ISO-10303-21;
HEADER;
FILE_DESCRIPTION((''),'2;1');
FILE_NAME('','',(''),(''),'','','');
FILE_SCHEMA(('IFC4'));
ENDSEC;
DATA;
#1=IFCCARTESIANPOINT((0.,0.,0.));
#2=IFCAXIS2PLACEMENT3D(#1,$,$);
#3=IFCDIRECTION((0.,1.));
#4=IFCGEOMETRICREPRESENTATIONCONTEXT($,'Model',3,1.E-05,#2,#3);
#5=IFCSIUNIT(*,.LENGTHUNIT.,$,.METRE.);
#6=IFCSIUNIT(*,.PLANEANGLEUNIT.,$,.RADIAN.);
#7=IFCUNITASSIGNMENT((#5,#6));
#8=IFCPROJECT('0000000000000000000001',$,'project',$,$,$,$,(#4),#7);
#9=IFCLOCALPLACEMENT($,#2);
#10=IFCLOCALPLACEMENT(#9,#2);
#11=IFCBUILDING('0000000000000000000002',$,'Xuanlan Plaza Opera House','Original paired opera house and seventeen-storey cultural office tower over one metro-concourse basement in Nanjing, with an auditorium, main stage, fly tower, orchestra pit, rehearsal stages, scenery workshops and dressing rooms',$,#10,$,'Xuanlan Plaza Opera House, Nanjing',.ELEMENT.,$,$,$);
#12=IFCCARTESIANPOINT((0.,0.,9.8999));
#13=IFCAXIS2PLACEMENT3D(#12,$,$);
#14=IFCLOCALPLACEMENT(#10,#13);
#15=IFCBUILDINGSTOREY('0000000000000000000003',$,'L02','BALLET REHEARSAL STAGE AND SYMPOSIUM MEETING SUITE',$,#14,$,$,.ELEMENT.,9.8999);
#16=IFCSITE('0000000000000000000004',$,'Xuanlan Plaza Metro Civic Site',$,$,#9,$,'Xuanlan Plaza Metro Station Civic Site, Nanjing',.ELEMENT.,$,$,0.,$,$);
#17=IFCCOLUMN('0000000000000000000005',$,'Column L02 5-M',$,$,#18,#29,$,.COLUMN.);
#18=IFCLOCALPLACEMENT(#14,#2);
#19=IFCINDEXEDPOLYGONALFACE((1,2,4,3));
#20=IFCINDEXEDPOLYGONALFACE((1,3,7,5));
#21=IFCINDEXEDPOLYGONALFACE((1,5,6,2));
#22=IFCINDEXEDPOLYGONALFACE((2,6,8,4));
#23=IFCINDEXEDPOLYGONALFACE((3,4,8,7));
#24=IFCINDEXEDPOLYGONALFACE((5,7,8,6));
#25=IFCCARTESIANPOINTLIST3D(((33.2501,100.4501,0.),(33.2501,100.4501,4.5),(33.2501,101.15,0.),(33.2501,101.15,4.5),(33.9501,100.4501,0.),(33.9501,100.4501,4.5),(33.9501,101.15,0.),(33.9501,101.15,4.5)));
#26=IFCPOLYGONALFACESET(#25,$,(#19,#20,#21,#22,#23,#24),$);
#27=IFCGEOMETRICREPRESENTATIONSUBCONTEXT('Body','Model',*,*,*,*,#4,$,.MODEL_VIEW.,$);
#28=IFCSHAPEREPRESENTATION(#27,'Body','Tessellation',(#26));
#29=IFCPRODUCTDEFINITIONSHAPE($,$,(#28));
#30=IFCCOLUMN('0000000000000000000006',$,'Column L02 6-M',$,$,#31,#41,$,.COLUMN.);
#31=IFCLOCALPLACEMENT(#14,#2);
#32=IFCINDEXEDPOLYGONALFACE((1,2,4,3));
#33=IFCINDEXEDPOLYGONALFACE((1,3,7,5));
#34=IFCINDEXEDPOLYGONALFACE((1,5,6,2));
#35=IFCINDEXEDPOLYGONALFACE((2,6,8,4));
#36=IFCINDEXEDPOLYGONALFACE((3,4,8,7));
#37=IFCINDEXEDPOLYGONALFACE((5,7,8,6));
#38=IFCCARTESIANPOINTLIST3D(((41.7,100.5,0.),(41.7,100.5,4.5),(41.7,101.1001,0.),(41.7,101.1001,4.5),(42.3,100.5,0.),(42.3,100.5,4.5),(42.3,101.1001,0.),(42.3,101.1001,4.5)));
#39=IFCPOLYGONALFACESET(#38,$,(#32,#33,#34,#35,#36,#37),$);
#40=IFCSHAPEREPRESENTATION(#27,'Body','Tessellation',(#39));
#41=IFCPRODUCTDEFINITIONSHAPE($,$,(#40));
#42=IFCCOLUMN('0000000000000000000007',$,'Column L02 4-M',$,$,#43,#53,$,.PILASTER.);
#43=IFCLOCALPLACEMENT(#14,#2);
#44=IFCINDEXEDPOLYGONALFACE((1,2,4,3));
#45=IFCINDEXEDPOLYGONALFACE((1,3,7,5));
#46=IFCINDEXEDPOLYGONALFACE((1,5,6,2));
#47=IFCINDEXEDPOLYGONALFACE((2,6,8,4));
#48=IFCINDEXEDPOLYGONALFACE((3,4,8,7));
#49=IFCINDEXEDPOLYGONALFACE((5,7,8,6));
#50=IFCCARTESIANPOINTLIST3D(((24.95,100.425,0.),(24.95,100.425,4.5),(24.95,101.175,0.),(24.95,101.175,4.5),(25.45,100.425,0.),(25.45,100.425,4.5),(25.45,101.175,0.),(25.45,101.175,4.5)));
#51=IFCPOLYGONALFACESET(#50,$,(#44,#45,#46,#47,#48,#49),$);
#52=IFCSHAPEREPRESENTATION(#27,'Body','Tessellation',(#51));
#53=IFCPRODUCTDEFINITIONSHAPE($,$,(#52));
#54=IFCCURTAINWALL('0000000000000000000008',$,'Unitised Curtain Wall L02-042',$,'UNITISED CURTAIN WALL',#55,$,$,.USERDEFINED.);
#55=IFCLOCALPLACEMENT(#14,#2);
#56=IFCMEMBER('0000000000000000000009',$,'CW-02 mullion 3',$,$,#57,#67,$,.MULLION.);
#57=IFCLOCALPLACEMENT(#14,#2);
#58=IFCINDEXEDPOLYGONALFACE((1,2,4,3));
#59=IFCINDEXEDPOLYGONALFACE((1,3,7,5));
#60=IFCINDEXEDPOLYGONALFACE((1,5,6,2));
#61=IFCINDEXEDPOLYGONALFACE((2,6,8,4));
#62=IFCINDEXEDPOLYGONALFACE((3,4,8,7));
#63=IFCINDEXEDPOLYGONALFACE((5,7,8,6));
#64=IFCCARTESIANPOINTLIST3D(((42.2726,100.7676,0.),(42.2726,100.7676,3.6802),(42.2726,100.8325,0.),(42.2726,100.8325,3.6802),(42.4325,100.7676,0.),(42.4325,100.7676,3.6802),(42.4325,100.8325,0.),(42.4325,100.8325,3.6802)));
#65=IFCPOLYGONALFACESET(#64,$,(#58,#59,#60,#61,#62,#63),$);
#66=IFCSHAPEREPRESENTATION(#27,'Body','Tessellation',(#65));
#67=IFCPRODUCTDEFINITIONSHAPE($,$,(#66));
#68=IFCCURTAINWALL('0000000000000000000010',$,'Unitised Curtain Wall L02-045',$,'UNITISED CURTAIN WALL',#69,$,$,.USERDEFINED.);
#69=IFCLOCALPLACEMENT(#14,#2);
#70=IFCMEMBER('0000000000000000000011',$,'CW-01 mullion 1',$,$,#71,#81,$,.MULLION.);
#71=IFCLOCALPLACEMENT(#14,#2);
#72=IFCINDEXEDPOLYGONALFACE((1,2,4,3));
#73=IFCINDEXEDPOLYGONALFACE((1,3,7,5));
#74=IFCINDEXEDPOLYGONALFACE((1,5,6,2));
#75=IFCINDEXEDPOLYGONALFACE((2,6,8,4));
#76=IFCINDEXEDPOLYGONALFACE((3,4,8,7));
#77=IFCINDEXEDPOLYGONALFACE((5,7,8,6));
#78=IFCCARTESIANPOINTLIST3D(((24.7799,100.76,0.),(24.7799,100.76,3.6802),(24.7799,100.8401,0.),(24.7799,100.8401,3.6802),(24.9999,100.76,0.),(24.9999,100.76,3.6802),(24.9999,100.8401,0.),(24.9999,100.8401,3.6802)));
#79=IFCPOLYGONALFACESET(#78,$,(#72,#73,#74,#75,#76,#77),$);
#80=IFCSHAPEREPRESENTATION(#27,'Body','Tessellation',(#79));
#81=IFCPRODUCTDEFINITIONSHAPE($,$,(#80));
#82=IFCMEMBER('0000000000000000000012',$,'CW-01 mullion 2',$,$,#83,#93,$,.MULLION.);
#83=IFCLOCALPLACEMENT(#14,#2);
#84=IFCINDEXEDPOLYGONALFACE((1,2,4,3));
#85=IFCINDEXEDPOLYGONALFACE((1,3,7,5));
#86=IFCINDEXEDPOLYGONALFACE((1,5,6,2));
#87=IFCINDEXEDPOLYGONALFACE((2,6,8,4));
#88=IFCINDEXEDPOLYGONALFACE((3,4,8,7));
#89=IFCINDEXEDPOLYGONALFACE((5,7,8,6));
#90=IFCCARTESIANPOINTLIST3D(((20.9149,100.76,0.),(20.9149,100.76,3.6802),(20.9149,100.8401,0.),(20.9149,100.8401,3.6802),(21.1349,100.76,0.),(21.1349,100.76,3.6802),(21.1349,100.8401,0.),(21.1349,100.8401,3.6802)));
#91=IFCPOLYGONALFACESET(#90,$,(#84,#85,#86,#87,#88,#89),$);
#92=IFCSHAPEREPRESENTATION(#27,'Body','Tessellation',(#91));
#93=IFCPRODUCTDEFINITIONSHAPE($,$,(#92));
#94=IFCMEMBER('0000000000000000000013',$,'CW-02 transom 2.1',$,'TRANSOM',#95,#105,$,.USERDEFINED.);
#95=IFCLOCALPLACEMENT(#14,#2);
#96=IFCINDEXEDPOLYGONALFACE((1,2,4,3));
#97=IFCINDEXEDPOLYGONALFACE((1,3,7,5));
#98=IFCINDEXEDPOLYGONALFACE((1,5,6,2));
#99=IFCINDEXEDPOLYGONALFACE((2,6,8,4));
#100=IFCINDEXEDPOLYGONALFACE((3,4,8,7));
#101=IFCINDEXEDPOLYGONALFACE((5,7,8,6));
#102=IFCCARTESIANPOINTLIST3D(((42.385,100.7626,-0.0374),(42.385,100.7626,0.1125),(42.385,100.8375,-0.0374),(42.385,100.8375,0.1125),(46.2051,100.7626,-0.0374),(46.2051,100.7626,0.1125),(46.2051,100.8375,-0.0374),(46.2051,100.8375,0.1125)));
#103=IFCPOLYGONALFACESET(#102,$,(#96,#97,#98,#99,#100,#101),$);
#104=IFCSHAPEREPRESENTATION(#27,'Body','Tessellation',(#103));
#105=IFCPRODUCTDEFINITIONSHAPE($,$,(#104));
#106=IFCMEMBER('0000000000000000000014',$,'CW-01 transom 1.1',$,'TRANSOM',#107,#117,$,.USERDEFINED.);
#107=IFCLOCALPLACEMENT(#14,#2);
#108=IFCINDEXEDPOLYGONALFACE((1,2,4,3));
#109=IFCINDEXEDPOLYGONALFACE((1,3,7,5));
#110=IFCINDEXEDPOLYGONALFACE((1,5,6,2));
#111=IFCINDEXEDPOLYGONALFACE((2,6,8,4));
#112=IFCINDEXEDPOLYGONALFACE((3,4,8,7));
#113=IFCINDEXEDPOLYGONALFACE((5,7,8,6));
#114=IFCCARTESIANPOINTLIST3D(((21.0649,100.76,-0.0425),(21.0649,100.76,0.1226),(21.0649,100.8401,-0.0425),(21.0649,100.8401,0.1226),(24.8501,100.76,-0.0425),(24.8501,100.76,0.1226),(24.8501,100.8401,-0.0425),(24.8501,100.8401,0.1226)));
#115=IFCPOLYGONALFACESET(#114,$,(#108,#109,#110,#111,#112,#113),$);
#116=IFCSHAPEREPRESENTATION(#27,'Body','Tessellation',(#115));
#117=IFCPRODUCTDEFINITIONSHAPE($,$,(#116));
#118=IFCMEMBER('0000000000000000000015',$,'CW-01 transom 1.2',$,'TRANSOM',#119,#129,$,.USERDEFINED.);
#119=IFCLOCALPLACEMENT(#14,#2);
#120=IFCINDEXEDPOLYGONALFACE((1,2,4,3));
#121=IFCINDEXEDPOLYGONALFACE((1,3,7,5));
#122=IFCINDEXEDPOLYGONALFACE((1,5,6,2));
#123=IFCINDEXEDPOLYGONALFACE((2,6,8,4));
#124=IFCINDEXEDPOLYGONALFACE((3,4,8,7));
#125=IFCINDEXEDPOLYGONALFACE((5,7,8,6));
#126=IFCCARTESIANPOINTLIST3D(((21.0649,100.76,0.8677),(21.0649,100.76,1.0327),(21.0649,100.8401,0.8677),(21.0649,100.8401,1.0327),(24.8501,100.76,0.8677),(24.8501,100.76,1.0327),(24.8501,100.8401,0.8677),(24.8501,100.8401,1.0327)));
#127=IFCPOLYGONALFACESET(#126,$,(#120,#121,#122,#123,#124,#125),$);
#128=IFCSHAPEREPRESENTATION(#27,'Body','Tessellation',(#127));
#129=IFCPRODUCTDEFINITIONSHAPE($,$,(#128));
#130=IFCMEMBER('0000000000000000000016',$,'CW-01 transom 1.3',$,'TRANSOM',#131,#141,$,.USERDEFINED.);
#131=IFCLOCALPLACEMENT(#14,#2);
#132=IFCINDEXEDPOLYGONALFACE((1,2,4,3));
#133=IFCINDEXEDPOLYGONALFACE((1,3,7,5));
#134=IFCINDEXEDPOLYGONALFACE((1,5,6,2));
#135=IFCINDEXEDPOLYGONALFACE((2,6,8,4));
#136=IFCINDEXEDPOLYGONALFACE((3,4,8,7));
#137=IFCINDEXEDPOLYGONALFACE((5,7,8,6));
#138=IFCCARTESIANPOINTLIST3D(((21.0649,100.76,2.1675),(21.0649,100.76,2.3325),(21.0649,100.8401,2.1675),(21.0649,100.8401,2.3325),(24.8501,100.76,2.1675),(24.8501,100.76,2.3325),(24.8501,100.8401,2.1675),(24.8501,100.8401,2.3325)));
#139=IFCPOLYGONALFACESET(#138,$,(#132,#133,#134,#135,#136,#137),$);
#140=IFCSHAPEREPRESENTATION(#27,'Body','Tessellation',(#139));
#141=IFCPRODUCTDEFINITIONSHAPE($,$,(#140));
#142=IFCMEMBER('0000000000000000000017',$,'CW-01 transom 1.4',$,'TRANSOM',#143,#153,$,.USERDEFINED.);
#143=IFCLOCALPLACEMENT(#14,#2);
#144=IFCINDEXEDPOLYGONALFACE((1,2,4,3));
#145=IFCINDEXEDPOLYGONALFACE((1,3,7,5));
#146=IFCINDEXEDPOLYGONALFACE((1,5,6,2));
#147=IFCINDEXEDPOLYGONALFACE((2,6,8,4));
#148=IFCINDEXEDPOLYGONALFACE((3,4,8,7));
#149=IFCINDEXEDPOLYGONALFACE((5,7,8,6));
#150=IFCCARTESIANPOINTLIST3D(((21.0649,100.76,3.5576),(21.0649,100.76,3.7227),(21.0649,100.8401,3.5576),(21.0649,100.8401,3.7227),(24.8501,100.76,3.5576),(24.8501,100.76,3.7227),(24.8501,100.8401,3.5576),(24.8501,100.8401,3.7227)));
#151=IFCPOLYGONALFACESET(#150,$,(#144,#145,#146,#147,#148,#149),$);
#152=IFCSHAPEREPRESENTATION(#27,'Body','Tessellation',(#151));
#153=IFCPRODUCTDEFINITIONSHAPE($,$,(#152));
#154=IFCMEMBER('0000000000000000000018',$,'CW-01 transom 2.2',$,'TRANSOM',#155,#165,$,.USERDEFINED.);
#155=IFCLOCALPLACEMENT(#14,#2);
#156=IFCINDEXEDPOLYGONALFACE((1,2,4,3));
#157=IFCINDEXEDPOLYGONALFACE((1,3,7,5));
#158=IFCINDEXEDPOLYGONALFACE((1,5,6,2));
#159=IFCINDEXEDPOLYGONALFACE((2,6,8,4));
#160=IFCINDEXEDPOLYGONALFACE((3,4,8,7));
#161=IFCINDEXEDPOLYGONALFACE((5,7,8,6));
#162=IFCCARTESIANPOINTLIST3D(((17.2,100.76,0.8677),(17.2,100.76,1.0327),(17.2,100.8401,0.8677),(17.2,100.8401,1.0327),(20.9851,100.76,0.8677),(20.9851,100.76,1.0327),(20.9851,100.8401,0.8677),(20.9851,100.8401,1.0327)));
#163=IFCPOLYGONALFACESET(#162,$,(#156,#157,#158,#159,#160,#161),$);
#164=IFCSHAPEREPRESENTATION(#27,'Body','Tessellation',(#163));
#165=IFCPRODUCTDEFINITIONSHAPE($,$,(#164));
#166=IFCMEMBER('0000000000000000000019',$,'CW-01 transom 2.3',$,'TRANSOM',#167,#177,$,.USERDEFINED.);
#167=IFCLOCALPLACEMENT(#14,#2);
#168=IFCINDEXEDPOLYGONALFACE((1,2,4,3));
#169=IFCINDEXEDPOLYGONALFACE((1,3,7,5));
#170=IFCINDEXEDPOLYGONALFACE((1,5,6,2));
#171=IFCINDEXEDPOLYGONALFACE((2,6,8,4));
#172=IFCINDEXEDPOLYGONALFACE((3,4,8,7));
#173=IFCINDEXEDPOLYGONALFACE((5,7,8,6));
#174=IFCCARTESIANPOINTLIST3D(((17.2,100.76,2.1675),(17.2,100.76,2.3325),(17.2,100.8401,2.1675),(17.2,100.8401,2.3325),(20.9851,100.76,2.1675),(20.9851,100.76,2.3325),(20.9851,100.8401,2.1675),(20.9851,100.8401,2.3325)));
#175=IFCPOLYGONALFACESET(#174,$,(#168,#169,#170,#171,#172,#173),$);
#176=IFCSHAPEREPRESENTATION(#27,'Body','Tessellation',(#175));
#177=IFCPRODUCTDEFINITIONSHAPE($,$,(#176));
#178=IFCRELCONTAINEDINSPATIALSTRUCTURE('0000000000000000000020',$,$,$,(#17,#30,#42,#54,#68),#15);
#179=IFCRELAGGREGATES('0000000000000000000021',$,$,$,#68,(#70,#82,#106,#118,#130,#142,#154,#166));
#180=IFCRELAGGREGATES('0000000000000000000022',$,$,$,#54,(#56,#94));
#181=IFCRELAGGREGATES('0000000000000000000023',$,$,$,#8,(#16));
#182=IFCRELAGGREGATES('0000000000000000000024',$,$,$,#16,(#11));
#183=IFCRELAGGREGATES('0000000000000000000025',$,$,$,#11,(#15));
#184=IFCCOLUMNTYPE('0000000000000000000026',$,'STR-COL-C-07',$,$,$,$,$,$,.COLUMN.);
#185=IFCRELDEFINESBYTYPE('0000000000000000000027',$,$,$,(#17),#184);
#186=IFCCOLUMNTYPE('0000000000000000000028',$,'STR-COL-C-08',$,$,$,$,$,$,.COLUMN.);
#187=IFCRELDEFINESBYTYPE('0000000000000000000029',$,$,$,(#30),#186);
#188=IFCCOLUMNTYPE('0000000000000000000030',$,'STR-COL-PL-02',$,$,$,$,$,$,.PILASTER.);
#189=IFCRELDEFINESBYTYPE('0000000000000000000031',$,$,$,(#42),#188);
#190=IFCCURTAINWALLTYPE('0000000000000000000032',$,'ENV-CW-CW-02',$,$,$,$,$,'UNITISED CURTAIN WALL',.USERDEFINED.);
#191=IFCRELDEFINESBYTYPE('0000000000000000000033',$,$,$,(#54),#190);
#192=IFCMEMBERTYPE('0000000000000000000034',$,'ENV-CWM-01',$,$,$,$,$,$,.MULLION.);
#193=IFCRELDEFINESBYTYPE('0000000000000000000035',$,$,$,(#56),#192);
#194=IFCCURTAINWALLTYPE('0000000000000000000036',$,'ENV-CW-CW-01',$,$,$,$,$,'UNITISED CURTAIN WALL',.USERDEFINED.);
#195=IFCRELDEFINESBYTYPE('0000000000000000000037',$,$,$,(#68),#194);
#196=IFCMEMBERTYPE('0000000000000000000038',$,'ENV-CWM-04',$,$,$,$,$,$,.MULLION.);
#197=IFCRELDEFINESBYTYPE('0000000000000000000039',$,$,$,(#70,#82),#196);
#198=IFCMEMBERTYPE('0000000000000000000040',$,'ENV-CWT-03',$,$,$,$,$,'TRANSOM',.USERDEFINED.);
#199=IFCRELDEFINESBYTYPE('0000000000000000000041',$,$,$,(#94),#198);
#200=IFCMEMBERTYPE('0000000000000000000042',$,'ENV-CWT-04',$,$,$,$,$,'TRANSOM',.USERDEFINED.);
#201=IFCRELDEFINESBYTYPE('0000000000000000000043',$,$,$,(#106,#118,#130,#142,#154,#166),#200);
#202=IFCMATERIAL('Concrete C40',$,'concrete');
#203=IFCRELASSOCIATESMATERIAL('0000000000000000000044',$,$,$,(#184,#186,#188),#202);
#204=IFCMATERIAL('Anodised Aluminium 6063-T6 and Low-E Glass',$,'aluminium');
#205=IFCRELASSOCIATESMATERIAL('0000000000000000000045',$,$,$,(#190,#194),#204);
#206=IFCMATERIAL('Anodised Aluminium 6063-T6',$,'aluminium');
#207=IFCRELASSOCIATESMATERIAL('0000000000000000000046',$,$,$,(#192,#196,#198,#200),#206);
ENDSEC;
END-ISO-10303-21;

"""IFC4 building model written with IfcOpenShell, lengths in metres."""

from ifc_helpers import new_model, si_unit, direction, frame, origin, origin_2d, place, context, subcontext, project, spatial, rectangle, extrude, material, material_profile, profile_set, type_object, element, aggregate, save


model = new_model("IFC4")

# Units and contexts
model_context = context("Model", 3, precision=1e-05, world=origin(), true_north=direction((0.0, 1.0)))
body_context = subcontext(model_context, "Body", "Model", "MODEL_VIEW")
ifc_project = project(units=[si_unit("LENGTHUNIT", "METRE"), si_unit("PLANEANGLEUNIT", "RADIAN")], contexts=[model_context])

# Site, building, storey
site_placement = place(None, origin())
site = spatial("IfcSite", under=ifc_project, at=site_placement, Name="Xuanlan Plaza Metro Civic Site", LongName="Xuanlan Plaza Metro Station Civic Site, Nanjing", CompositionType="ELEMENT", RefElevation=0.0)
building_placement = place(site_placement, origin())
building = spatial("IfcBuilding", under=site, at=building_placement, Name="Xuanlan Plaza Opera House", Description="Original paired opera house and seventeen-storey cultural office tower over one metro-concourse basement in Nanjing, with an auditorium, main stage, fly tower, orchestra pit, rehearsal stages, scenery workshops and dressing rooms", LongName="Xuanlan Plaza Opera House, Nanjing", CompositionType="ELEMENT")
storey_placement = place(building_placement, frame((0.0, 0.0, 9.8999)))
storey = spatial("IfcBuildingStorey", under=building, at=storey_placement, Name="L02", Description="BALLET REHEARSAL STAGE AND SYMPOSIUM MEETING SUITE", CompositionType="ELEMENT", Elevation=9.8999)

# Columns
ifc_material_1 = material(Name="Concrete C40", Category="concrete")
ifc_material_profile_1 = material_profile(ifc_material_1, rectangle(XDim=0.7, YDim=0.7, at=origin_2d()), Name="RC-COL 700x700")
ifc_profile_set_1 = profile_set([ifc_material_profile_1], Name="Concrete C40")
column_type_1 = type_object("IfcColumnType", Name="STR-COL-C-07", PredefinedType="COLUMN", material=ifc_profile_set_1)
column_1_placement = place(storey_placement, frame((33.6001, 100.8, 0.0), z_axis=(0.0, 0.0, 1.0), x_axis=(1.0, 0.0, 0.0)))
element("IfcColumn", 1, at=column_1_placement, inside=storey, type_object=column_type_1, Name="Column L02 5-M", PredefinedType="COLUMN", context=body_context, shape_type="SweptSolid", body=[
    extrude(rectangle(XDim=0.7, YDim=0.7, at=origin_2d()), origin(), (0.0, 0.0, 1.0), 4.5),
])
ifc_material_profile_2 = material_profile(ifc_material_1, rectangle(XDim=0.6001, YDim=0.6001, at=origin_2d()), Name="RC-COL 600x600")
ifc_profile_set_2 = profile_set([ifc_material_profile_2], Name="Concrete C40")
column_type_2 = type_object("IfcColumnType", Name="STR-COL-C-08", PredefinedType="COLUMN", material=ifc_profile_set_2)
column_2_placement = place(storey_placement, frame((42.0, 100.8, 0.0), z_axis=(0.0, 0.0, 1.0), x_axis=(1.0, 0.0, 0.0)))
element("IfcColumn", 2, at=column_2_placement, inside=storey, type_object=column_type_2, Name="Column L02 6-M", PredefinedType="COLUMN", context=body_context, shape_type="SweptSolid", body=[
    extrude(rectangle(XDim=0.6001, YDim=0.6001, at=origin_2d()), origin(), (0.0, 0.0, 1.0), 4.5),
])
ifc_material_profile_3 = material_profile(ifc_material_1, rectangle(XDim=0.5, YDim=0.75, at=origin_2d()), Name="RC-PIL 500x750")
ifc_profile_set_3 = profile_set([ifc_material_profile_3], Name="Concrete C40")
column_type_3 = type_object("IfcColumnType", Name="STR-COL-PL-02", PredefinedType="PILASTER", material=ifc_profile_set_3)
column_3_placement = place(storey_placement, frame((25.2, 100.8, 0.0), z_axis=(0.0, 0.0, 1.0), x_axis=(1.0, 0.0, 0.0)))
element("IfcColumn", 3, at=column_3_placement, inside=storey, type_object=column_type_3, Name="Column L02 4-M", PredefinedType="PILASTER", context=body_context, shape_type="SweptSolid", body=[
    extrude(rectangle(XDim=0.5, YDim=0.75, at=origin_2d()), origin(), (0.0, 0.0, 1.0), 4.5),
])

# Curtain wall, member
ifc_material_2 = material(Name="Anodised Aluminium 6063-T6 and Low-E Glass", Category="aluminium")
curtain_wall_type_1 = type_object("IfcCurtainWallType", Name="ENV-CW-CW-02", ElementType="UNITISED CURTAIN WALL", PredefinedType="USERDEFINED", material=ifc_material_2)
curtain_wall_1_placement = place(storey_placement, origin())
curtain_wall_1 = element("IfcCurtainWall", 4, at=curtain_wall_1_placement, inside=storey, type_object=curtain_wall_type_1, Name="Unitised Curtain Wall L02-042", ObjectType="UNITISED CURTAIN WALL", PredefinedType="USERDEFINED")
ifc_material_3 = material(Name="Anodised Aluminium 6063-T6", Category="aluminium")
ifc_material_profile_4 = material_profile(ifc_material_3, rectangle(XDim=0.0649, YDim=0.1599, at=origin_2d()), Name="ALU-M 65x160")
ifc_profile_set_4 = profile_set([ifc_material_profile_4], Name="Anodised Aluminium 6063-T6")
member_type_1 = type_object("IfcMemberType", Name="ENV-CWM-01", PredefinedType="MULLION", material=ifc_profile_set_4)
member_1_placement = place(storey_placement, frame((42.3525, 100.8, 0.0), z_axis=(0.0, 0.0, 1.0), x_axis=(0.0, -1.0, 0.0)))
member_1 = element("IfcMember", 5, at=member_1_placement, type_object=member_type_1, Name="CW-02 mullion 3", PredefinedType="MULLION", context=body_context, shape_type="SweptSolid", body=[
    extrude(rectangle(XDim=0.0649, YDim=0.1599, at=origin_2d()), origin(), (0.0, 0.0, 1.0), 3.6802),
])

# Curtain wall, members
curtain_wall_type_2 = type_object("IfcCurtainWallType", Name="ENV-CW-CW-01", ElementType="UNITISED CURTAIN WALL", PredefinedType="USERDEFINED", material=ifc_material_2)
curtain_wall_2_placement = place(storey_placement, origin())
curtain_wall_2 = element("IfcCurtainWall", 6, at=curtain_wall_2_placement, inside=storey, type_object=curtain_wall_type_2, Name="Unitised Curtain Wall L02-045", ObjectType="UNITISED CURTAIN WALL", PredefinedType="USERDEFINED")
ifc_material_profile_5 = material_profile(ifc_material_3, rectangle(XDim=0.0801, YDim=0.22, at=origin_2d()), Name="ALU-M 80x220")
ifc_profile_set_5 = profile_set([ifc_material_profile_5], Name="Anodised Aluminium 6063-T6")
member_type_2 = type_object("IfcMemberType", Name="ENV-CWM-04", PredefinedType="MULLION", material=ifc_profile_set_5)
member_2_placement = place(storey_placement, frame((24.8899, 100.8, 0.0), z_axis=(0.0, 0.0, 1.0), x_axis=(0.0, -1.0, 0.0)))
member_2 = element("IfcMember", 7, at=member_2_placement, type_object=member_type_2, Name="CW-01 mullion 1", PredefinedType="MULLION", context=body_context, shape_type="SweptSolid", body=[
    extrude(rectangle(XDim=0.0801, YDim=0.22, at=origin_2d()), origin(), (0.0, 0.0, 1.0), 3.6802),
])
member_3_placement = place(storey_placement, frame((21.0249, 100.8, 0.0), z_axis=(0.0, 0.0, 1.0), x_axis=(0.0, -1.0, 0.0)))
member_3 = element("IfcMember", 8, at=member_3_placement, type_object=member_type_2, Name="CW-01 mullion 2", PredefinedType="MULLION", context=body_context, shape_type="SweptSolid", body=[
    extrude(rectangle(XDim=0.0801, YDim=0.22, at=origin_2d()), origin(), (0.0, 0.0, 1.0), 3.6802),
])

# Members
ifc_material_profile_6 = material_profile(ifc_material_3, rectangle(XDim=0.075, YDim=0.1499, at=origin_2d()), Name="ALU-T 75x150")
ifc_profile_set_6 = profile_set([ifc_material_profile_6], Name="Anodised Aluminium 6063-T6")
member_type_3 = type_object("IfcMemberType", Name="ENV-CWT-03", ElementType="TRANSOM", PredefinedType="USERDEFINED", material=ifc_profile_set_6)
member_4_placement = place(storey_placement, frame((46.2051, 100.8, 0.0376), z_axis=(-1.0, 0.0, 0.0), x_axis=(0.0, -1.0, 0.0)))
member_4 = element("IfcMember", 9, at=member_4_placement, type_object=member_type_3, Name="CW-02 transom 2.1", ObjectType="TRANSOM", PredefinedType="USERDEFINED", context=body_context, shape_type="SweptSolid", body=[
    extrude(rectangle(XDim=0.075, YDim=0.1499, at=origin_2d()), origin(), (0.0, 0.0, 1.0), 3.8201),
])
ifc_material_profile_7 = material_profile(ifc_material_3, rectangle(XDim=0.0801, YDim=0.165, at=origin_2d()), Name="ALU-T 80x165")
ifc_profile_set_7 = profile_set([ifc_material_profile_7], Name="Anodised Aluminium 6063-T6")
member_type_4 = type_object("IfcMemberType", Name="ENV-CWT-04", ElementType="TRANSOM", PredefinedType="USERDEFINED", material=ifc_profile_set_7)
member_5_placement = place(storey_placement, frame((24.8501, 100.8, 0.04), z_axis=(-1.0, 0.0, 0.0), x_axis=(0.0, -1.0, 0.0)))
member_5 = element("IfcMember", 10, at=member_5_placement, type_object=member_type_4, Name="CW-01 transom 1.1", ObjectType="TRANSOM", PredefinedType="USERDEFINED", context=body_context, shape_type="SweptSolid", body=[
    extrude(rectangle(XDim=0.0801, YDim=0.165, at=origin_2d()), origin(), (0.0, 0.0, 1.0), 3.7852),
])
member_6_placement = place(storey_placement, frame((24.8501, 100.8, 0.9502), z_axis=(-1.0, 0.0, 0.0), x_axis=(0.0, -1.0, 0.0)))
member_6 = element("IfcMember", 11, at=member_6_placement, type_object=member_type_4, Name="CW-01 transom 1.2", ObjectType="TRANSOM", PredefinedType="USERDEFINED", context=body_context, shape_type="SweptSolid", body=[
    extrude(rectangle(XDim=0.0801, YDim=0.165, at=origin_2d()), origin(), (0.0, 0.0, 1.0), 3.7852),
])
member_7_placement = place(storey_placement, frame((24.8501, 100.8, 2.25), z_axis=(-1.0, 0.0, 0.0), x_axis=(0.0, -1.0, 0.0)))
member_7 = element("IfcMember", 12, at=member_7_placement, type_object=member_type_4, Name="CW-01 transom 1.3", ObjectType="TRANSOM", PredefinedType="USERDEFINED", context=body_context, shape_type="SweptSolid", body=[
    extrude(rectangle(XDim=0.0801, YDim=0.165, at=origin_2d()), origin(), (0.0, 0.0, 1.0), 3.7852),
])
member_8_placement = place(storey_placement, frame((24.8501, 100.8, 3.6401), z_axis=(-1.0, 0.0, 0.0), x_axis=(0.0, -1.0, 0.0)))
member_8 = element("IfcMember", 13, at=member_8_placement, type_object=member_type_4, Name="CW-01 transom 1.4", ObjectType="TRANSOM", PredefinedType="USERDEFINED", context=body_context, shape_type="SweptSolid", body=[
    extrude(rectangle(XDim=0.0801, YDim=0.165, at=origin_2d()), origin(), (0.0, 0.0, 1.0), 3.7852),
])
member_9_placement = place(storey_placement, frame((20.9851, 100.8, 0.9502), z_axis=(-1.0, 0.0, 0.0), x_axis=(0.0, -1.0, 0.0)))
member_9 = element("IfcMember", 14, at=member_9_placement, type_object=member_type_4, Name="CW-01 transom 2.2", ObjectType="TRANSOM", PredefinedType="USERDEFINED", context=body_context, shape_type="SweptSolid", body=[
    extrude(rectangle(XDim=0.0801, YDim=0.165, at=origin_2d()), origin(), (0.0, 0.0, 1.0), 3.7852),
])
member_10_placement = place(storey_placement, frame((20.9851, 100.8, 2.25), z_axis=(-1.0, 0.0, 0.0), x_axis=(0.0, -1.0, 0.0)))
member_10 = element("IfcMember", 15, at=member_10_placement, type_object=member_type_4, Name="CW-01 transom 2.3", ObjectType="TRANSOM", PredefinedType="USERDEFINED", context=body_context, shape_type="SweptSolid", body=[
    extrude(rectangle(XDim=0.0801, YDim=0.165, at=origin_2d()), origin(), (0.0, 0.0, 1.0), 3.7852),
])

aggregate(curtain_wall_2, [member_2, member_3, member_5, member_6, member_7, member_8, member_9, member_10])
aggregate(curtain_wall_1, [member_1, member_4])

save(model, "model.ifc")
